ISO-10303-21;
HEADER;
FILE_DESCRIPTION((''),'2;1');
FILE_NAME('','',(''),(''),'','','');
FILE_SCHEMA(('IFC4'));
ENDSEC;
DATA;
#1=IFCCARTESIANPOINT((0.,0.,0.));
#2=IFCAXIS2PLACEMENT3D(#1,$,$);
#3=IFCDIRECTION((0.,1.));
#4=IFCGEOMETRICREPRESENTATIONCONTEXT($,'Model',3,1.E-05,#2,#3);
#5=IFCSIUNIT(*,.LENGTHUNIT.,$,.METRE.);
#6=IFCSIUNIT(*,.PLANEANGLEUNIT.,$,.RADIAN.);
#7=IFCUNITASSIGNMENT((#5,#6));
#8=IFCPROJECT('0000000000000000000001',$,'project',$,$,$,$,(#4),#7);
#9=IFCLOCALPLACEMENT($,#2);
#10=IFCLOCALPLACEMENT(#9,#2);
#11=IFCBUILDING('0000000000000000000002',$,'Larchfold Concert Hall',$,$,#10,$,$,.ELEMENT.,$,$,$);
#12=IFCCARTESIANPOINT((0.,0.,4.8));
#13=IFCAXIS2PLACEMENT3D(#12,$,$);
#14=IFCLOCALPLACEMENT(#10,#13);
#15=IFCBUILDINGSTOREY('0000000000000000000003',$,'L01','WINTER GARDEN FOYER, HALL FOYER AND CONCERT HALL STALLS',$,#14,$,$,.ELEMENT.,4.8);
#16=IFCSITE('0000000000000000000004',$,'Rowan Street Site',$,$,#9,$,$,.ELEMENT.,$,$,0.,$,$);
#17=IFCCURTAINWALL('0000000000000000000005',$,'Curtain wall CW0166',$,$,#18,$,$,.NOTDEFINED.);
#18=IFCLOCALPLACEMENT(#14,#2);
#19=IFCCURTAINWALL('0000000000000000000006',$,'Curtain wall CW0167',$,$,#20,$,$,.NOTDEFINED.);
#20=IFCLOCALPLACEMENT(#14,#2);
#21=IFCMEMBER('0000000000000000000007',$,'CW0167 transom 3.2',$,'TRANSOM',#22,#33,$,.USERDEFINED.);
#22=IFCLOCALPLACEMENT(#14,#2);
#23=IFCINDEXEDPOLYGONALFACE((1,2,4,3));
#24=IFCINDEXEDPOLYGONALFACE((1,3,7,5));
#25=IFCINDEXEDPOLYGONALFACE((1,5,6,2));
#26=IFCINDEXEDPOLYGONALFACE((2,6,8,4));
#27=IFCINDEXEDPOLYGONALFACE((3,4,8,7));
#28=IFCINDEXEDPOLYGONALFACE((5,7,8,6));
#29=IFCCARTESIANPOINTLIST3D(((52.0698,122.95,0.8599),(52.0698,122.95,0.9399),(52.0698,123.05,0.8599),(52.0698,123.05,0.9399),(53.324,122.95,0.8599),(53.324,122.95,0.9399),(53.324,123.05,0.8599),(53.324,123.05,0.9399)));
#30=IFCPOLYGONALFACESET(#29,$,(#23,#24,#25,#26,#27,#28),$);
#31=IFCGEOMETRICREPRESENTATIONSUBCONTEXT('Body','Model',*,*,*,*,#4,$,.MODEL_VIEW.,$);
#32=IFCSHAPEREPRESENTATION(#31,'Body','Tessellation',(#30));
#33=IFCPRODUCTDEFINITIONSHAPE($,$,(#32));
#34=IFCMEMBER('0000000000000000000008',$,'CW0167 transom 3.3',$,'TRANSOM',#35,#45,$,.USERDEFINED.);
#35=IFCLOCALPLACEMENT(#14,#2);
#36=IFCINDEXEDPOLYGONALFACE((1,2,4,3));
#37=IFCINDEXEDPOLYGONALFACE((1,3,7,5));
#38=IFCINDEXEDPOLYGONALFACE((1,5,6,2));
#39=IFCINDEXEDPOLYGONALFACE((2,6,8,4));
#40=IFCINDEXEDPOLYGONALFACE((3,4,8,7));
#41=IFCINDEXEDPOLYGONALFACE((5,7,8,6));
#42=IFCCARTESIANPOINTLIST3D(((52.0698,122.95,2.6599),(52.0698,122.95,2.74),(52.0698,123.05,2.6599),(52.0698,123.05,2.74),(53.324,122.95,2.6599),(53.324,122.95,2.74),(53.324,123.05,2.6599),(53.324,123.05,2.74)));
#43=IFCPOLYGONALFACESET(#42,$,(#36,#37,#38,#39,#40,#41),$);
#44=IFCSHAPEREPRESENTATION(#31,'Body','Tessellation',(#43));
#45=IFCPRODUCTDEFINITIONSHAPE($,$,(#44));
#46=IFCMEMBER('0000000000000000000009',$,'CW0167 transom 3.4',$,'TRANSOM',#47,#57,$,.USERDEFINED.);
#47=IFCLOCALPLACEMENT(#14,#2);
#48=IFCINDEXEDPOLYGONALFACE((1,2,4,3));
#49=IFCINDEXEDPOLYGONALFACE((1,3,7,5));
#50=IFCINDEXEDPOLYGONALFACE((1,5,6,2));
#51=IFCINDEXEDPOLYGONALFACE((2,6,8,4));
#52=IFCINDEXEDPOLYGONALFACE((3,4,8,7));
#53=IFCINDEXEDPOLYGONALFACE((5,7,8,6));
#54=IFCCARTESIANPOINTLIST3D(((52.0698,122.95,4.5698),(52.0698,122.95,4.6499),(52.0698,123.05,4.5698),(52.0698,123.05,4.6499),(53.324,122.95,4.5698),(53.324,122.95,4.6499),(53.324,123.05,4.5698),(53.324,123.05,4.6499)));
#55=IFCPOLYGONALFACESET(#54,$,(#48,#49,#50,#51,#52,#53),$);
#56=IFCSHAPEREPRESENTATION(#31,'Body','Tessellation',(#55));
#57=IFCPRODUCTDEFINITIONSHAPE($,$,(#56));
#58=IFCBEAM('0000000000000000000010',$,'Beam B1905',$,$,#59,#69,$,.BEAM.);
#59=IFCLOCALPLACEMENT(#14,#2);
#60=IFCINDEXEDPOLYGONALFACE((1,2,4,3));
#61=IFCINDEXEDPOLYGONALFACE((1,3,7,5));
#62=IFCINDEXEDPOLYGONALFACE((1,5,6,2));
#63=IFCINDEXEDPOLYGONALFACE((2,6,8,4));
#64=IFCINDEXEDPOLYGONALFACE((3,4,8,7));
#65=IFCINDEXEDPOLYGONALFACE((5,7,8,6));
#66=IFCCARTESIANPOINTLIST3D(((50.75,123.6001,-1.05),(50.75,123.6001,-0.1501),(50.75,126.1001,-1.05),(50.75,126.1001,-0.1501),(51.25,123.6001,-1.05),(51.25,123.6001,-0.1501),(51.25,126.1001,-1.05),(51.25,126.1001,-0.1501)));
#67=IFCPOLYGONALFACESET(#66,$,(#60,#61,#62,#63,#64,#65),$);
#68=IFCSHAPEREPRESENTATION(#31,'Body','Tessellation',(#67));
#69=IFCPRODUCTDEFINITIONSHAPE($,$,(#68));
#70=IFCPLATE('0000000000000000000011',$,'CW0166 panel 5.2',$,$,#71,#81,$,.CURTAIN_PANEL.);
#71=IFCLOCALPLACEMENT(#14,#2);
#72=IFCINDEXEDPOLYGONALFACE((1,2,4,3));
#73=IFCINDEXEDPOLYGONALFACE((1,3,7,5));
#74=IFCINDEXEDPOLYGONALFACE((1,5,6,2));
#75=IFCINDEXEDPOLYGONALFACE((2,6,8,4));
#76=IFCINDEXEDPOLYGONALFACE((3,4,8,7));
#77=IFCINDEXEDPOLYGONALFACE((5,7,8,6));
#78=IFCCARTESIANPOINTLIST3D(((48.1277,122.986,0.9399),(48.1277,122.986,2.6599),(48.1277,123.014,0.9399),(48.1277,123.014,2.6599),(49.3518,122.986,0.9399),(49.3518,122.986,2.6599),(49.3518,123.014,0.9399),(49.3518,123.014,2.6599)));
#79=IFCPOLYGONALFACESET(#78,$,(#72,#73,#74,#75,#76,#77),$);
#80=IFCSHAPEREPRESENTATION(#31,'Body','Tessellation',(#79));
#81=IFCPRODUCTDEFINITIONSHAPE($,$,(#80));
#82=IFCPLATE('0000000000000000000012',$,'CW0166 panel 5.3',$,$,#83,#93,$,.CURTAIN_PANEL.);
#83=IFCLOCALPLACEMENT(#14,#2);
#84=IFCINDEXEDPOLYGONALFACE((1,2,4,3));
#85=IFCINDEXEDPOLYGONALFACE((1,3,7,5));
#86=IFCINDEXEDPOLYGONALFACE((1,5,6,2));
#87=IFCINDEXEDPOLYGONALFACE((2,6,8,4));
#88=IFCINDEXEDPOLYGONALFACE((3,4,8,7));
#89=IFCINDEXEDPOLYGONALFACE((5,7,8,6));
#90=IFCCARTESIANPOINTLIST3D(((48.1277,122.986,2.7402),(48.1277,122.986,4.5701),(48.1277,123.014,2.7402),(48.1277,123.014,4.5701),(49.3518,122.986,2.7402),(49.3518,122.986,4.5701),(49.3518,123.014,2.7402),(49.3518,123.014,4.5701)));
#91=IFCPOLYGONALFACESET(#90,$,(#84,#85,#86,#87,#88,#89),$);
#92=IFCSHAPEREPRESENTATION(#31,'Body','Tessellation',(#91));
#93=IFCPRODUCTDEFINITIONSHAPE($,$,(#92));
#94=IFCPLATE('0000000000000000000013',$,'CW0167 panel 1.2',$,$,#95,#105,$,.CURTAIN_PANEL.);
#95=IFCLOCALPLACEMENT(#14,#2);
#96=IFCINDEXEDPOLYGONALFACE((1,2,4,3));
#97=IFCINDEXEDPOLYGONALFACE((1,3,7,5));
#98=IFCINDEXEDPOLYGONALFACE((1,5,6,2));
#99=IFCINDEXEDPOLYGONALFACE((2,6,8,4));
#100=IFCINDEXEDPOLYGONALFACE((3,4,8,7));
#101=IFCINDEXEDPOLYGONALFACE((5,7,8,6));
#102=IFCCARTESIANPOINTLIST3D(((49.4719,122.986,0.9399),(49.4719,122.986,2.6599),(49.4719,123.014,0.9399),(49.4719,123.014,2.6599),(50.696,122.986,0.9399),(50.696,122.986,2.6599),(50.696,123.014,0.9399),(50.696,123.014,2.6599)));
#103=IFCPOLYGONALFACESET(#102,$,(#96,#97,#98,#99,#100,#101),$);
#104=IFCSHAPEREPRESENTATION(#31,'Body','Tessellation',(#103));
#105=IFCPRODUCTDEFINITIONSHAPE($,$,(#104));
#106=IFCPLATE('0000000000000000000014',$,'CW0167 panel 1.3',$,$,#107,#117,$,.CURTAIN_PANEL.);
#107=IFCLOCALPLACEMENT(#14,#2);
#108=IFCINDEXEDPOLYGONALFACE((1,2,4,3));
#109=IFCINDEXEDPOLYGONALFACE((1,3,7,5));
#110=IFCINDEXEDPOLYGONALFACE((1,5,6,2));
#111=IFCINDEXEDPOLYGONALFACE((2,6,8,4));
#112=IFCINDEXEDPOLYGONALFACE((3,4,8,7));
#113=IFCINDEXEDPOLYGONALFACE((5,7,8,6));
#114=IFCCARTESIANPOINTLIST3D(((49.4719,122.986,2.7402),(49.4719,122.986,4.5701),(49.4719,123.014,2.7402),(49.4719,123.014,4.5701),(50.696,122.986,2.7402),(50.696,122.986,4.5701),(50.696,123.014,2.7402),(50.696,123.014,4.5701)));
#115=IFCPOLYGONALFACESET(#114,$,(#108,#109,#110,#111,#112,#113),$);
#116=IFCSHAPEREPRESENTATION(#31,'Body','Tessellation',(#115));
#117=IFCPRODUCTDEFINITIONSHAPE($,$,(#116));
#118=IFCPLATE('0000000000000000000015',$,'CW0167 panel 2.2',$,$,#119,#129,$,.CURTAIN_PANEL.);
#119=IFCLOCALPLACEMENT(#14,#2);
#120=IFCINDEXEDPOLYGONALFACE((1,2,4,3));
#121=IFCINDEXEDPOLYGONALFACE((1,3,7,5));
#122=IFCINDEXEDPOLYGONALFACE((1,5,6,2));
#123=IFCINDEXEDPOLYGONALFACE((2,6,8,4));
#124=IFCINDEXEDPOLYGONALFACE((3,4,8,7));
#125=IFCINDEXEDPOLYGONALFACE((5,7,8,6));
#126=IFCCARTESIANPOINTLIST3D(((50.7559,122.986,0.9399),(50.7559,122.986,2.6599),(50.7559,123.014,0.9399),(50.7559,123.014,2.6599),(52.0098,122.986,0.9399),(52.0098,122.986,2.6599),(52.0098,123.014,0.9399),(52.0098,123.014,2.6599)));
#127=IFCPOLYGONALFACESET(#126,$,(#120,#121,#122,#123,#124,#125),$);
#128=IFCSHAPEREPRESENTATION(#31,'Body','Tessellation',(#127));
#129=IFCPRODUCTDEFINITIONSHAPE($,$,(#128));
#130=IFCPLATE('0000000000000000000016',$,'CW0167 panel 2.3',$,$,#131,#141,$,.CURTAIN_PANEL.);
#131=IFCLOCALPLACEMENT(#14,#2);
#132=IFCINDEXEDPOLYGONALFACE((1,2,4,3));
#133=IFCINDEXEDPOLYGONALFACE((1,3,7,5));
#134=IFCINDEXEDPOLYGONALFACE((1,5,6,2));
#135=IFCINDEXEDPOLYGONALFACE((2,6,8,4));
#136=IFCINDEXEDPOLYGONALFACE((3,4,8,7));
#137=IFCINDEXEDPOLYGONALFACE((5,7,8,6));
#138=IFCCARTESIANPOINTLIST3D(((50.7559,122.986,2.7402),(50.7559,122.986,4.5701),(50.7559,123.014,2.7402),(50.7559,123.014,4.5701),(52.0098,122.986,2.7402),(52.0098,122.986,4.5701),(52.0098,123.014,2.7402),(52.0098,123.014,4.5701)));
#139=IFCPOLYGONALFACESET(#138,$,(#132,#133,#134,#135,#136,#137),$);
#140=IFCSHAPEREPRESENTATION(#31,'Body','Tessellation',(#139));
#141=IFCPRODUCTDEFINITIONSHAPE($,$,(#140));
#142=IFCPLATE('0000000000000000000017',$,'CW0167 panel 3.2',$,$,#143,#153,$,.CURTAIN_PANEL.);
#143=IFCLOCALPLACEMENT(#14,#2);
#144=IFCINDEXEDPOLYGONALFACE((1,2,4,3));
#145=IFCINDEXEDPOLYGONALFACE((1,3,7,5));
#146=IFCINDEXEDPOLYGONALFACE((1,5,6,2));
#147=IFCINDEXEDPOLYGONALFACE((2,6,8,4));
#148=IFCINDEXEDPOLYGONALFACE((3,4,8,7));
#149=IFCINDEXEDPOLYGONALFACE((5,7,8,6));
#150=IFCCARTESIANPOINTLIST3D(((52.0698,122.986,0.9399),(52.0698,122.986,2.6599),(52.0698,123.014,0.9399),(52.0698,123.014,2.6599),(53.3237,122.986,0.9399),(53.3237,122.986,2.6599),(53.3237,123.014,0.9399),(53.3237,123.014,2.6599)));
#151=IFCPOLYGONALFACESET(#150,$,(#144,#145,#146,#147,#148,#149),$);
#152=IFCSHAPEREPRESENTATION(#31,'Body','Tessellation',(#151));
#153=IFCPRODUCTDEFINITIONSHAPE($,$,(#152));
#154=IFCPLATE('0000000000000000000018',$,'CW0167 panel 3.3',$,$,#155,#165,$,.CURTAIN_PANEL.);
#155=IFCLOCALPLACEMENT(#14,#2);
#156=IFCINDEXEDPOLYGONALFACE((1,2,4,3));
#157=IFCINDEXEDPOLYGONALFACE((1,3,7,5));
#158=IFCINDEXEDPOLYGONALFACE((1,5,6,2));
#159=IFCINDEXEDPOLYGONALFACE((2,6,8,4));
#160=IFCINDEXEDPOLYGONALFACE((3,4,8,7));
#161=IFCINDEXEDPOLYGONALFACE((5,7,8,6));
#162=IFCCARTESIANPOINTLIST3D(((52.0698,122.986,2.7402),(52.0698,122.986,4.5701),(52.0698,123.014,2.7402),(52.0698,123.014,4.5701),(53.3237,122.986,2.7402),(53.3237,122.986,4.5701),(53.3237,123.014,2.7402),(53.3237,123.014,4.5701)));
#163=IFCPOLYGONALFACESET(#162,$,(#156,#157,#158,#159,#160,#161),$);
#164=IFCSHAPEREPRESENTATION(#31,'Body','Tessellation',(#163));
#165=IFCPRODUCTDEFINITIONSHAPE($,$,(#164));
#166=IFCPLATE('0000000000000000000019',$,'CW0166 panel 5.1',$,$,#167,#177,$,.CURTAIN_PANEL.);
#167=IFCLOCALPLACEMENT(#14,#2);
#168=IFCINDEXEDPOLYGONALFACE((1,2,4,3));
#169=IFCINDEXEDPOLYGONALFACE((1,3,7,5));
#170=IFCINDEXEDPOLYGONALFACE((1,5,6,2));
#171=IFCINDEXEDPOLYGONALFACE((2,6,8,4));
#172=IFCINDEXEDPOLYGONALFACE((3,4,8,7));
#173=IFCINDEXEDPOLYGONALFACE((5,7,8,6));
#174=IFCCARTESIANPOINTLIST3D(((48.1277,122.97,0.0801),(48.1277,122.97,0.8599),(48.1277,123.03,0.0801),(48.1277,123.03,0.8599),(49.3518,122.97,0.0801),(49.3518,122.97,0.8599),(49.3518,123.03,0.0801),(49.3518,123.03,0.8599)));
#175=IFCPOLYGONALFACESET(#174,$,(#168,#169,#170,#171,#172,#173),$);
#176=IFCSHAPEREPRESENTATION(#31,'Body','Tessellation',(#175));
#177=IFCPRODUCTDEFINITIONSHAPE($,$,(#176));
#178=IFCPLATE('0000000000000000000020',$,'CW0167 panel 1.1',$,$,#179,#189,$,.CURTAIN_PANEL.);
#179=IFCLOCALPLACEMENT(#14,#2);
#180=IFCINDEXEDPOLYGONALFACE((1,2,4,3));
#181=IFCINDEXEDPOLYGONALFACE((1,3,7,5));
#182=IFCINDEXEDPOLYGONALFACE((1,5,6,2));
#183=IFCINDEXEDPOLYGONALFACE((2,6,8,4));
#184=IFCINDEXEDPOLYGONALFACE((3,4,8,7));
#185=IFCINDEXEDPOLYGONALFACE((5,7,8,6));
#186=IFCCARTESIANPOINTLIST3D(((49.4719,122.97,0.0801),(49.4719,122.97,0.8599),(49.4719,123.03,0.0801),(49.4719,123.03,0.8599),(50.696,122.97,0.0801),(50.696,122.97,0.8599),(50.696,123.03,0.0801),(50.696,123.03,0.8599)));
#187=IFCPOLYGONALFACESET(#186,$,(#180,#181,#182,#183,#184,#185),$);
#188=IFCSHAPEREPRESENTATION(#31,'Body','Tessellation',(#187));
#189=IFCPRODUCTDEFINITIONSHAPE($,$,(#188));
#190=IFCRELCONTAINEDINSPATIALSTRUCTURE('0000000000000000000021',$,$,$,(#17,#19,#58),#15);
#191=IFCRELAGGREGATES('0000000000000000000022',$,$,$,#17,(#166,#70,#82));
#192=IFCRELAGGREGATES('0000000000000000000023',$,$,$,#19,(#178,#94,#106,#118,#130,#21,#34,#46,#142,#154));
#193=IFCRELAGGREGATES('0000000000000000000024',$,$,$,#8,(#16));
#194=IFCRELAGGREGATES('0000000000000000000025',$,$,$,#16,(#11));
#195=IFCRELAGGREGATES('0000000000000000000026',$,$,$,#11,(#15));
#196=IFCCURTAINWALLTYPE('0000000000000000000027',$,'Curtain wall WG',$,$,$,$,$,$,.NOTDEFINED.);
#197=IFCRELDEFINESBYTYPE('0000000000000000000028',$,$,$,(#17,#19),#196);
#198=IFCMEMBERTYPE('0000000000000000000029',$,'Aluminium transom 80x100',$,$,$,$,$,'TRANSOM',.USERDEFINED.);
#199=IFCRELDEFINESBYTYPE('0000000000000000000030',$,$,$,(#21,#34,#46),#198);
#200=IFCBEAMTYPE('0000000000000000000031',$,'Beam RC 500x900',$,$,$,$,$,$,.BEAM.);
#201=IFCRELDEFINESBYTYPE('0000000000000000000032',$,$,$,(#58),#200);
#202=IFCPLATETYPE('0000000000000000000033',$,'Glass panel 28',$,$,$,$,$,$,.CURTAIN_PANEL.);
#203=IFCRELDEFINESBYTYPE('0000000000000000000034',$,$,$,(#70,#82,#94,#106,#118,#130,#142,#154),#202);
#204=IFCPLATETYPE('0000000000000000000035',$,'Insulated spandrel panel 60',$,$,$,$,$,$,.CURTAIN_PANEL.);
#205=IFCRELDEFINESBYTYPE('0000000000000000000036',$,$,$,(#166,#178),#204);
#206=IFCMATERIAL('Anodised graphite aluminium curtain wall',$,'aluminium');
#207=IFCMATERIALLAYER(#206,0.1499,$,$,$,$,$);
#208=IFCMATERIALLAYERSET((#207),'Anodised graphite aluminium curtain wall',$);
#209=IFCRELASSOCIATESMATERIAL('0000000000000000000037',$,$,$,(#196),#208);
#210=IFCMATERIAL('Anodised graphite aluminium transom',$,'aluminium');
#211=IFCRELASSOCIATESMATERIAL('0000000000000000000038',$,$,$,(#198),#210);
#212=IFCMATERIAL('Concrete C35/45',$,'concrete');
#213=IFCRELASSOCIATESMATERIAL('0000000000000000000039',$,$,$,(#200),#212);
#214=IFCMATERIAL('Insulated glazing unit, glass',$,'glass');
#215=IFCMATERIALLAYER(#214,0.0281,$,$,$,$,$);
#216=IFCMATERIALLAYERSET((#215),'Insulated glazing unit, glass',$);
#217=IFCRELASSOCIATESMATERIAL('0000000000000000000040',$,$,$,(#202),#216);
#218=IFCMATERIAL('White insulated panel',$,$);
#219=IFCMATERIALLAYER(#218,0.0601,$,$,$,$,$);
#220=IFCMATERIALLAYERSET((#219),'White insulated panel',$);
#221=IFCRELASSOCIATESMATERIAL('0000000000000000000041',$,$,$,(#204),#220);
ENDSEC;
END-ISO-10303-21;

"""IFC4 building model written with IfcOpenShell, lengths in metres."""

from ifc_helpers import new_model, si_unit, direction, frame, origin, origin_2d, place, context, subcontext, project, spatial, rectangle, extrude, material, layer, layer_set, material_profile, profile_set, type_object, element, aggregate, save


model = new_model("IFC4")

# Units and contexts
model_context = context("Model", 3, precision=1e-05, world=origin(), true_north=direction((0.0, 1.0)))
body_context = subcontext(model_context, "Body", "Model", "MODEL_VIEW")
ifc_project = project(units=[si_unit("LENGTHUNIT", "METRE"), si_unit("PLANEANGLEUNIT", "RADIAN")], contexts=[model_context])

# Site, building, storey
site_placement = place(None, origin())
site = spatial("IfcSite", under=ifc_project, at=site_placement, Name="Rowan Street Site", CompositionType="ELEMENT", RefElevation=0.0)
building_placement = place(site_placement, origin())
building = spatial("IfcBuilding", under=site, at=building_placement, Name="Larchfold Concert Hall", CompositionType="ELEMENT")
storey_placement = place(building_placement, frame((0.0, 0.0, 4.8)))
storey = spatial("IfcBuildingStorey", under=building, at=storey_placement, Name="L01", Description="WINTER GARDEN FOYER, HALL FOYER AND CONCERT HALL STALLS", CompositionType="ELEMENT", Elevation=4.8)

# Curtain wall
ifc_material_1 = material(Name="Anodised graphite aluminium curtain wall", Category="aluminium")
ifc_layer_1 = layer(ifc_material_1, 0.1499)
ifc_layer_set_1 = layer_set([ifc_layer_1], Name="Anodised graphite aluminium curtain wall")
curtain_wall_type = type_object("IfcCurtainWallType", Name="Curtain wall WG", PredefinedType="NOTDEFINED", material=ifc_layer_set_1)
curtain_wall_1_placement = place(storey_placement, origin())
curtain_wall_1 = element("IfcCurtainWall", 1, at=curtain_wall_1_placement, inside=storey, type_object=curtain_wall_type, Name="Curtain wall CW0166", PredefinedType="NOTDEFINED")

# Curtain wall
curtain_wall_2_placement = place(storey_placement, origin())
curtain_wall_2 = element("IfcCurtainWall", 2, at=curtain_wall_2_placement, inside=storey, type_object=curtain_wall_type, Name="Curtain wall CW0167", PredefinedType="NOTDEFINED")

# Members
ifc_material_2 = material(Name="Anodised graphite aluminium transom", Category="aluminium")
ifc_material_profile_1 = material_profile(ifc_material_2, rectangle(XDim=0.1001, YDim=0.0801, at=origin_2d()))
ifc_profile_set_1 = profile_set([ifc_material_profile_1], Name="Anodised graphite aluminium transom")
member_type_1 = type_object("IfcMemberType", Name="Aluminium transom 80x100", ElementType="TRANSOM", PredefinedType="USERDEFINED", material=ifc_profile_set_1)
member_1_placement = place(storey_placement, frame((52.0698, 123.0, 0.8999), z_axis=(1.0, 0.0, 0.0), x_axis=(0.0, 1.0, 0.0)))
member_1 = element("IfcMember", 3, at=member_1_placement, type_object=member_type_1, Name="CW0167 transom 3.2", ObjectType="TRANSOM", PredefinedType="USERDEFINED", context=body_context, shape_type="SweptSolid", body=[
    extrude(rectangle(XDim=0.1001, YDim=0.0801, at=origin_2d()), origin(), (0.0, 0.0, 1.0), 1.2542),
])
member_2_placement = place(storey_placement, frame((52.0698, 123.0, 2.7), z_axis=(1.0, 0.0, 0.0), x_axis=(0.0, 1.0, 0.0)))
member_2 = element("IfcMember", 4, at=member_2_placement, type_object=member_type_1, Name="CW0167 transom 3.3", ObjectType="TRANSOM", PredefinedType="USERDEFINED", context=body_context, shape_type="SweptSolid", body=[
    extrude(rectangle(XDim=0.1001, YDim=0.0801, at=origin_2d()), origin(), (0.0, 0.0, 1.0), 1.2542),
])
member_3_placement = place(storey_placement, frame((52.0698, 123.0, 4.6099), z_axis=(1.0, 0.0, 0.0), x_axis=(0.0, 1.0, 0.0)))
member_3 = element("IfcMember", 5, at=member_3_placement, type_object=member_type_1, Name="CW0167 transom 3.4", ObjectType="TRANSOM", PredefinedType="USERDEFINED", context=body_context, shape_type="SweptSolid", body=[
    extrude(rectangle(XDim=0.1001, YDim=0.0801, at=origin_2d()), origin(), (0.0, 0.0, 1.0), 1.2542),
])

# Beam
ifc_material_3 = material(Name="Concrete C35/45", Category="concrete")
ifc_material_profile_2 = material_profile(ifc_material_3, rectangle(XDim=0.5, YDim=0.8999, at=origin_2d()))
ifc_profile_set_2 = profile_set([ifc_material_profile_2], Name="Concrete C35/45")
beam_type = type_object("IfcBeamType", Name="Beam RC 500x900", PredefinedType="BEAM", material=ifc_profile_set_2)
beam_placement = place(storey_placement, frame((51.0, 123.6001, -0.6001), z_axis=(0.0, 1.0, 0.0), x_axis=(-1.0, 0.0, 0.0)))
element("IfcBeam", 6, at=beam_placement, inside=storey, type_object=beam_type, Name="Beam B1905", PredefinedType="BEAM", context=body_context, shape_type="SweptSolid", body=[
    extrude(rectangle(XDim=0.5, YDim=0.8999, at=origin_2d()), origin(), (0.0, 0.0, 1.0), 2.5),
])

# Plates
ifc_material_4 = material(Name="Insulated glazing unit, glass", Category="glass")
ifc_layer_2 = layer(ifc_material_4, 0.0281)
ifc_layer_set_2 = layer_set([ifc_layer_2], Name="Insulated glazing unit, glass")
plate_type_1 = type_object("IfcPlateType", Name="Glass panel 28", PredefinedType="CURTAIN_PANEL", material=ifc_layer_set_2)
plate_1_placement = place(storey_placement, frame((48.7397, 123.0, 0.9399), z_axis=(0.0, 0.0, 1.0), x_axis=(1.0, 0.0, 0.0)))
plate_1 = element("IfcPlate", 7, at=plate_1_placement, type_object=plate_type_1, Name="CW0166 panel 5.2", PredefinedType="CURTAIN_PANEL", context=body_context, shape_type="SweptSolid", body=[
    extrude(rectangle(XDim=1.2241, YDim=0.0281, at=origin_2d()), origin(), (0.0, 0.0, 1.0), 1.72),
])
plate_2_placement = place(storey_placement, frame((48.7397, 123.0, 2.7402), z_axis=(0.0, 0.0, 1.0), x_axis=(1.0, 0.0, 0.0)))
plate_2 = element("IfcPlate", 8, at=plate_2_placement, type_object=plate_type_1, Name="CW0166 panel 5.3", PredefinedType="CURTAIN_PANEL", context=body_context, shape_type="SweptSolid", body=[
    extrude(rectangle(XDim=1.2241, YDim=0.0281, at=origin_2d()), origin(), (0.0, 0.0, 1.0), 1.8298),
])
plate_3_placement = place(storey_placement, frame((50.084, 123.0, 0.9399), z_axis=(0.0, 0.0, 1.0), x_axis=(1.0, 0.0, 0.0)))
plate_3 = element("IfcPlate", 9, at=plate_3_placement, type_object=plate_type_1, Name="CW0167 panel 1.2", PredefinedType="CURTAIN_PANEL", context=body_context, shape_type="SweptSolid", body=[
    extrude(rectangle(XDim=1.2241, YDim=0.0281, at=origin_2d()), origin(), (0.0, 0.0, 1.0), 1.72),
])
plate_4_placement = place(storey_placement, frame((50.084, 123.0, 2.7402), z_axis=(0.0, 0.0, 1.0), x_axis=(1.0, 0.0, 0.0)))
plate_4 = element("IfcPlate", 10, at=plate_4_placement, type_object=plate_type_1, Name="CW0167 panel 1.3", PredefinedType="CURTAIN_PANEL", context=body_context, shape_type="SweptSolid", body=[
    extrude(rectangle(XDim=1.2241, YDim=0.0281, at=origin_2d()), origin(), (0.0, 0.0, 1.0), 1.8298),
])
plate_5_placement = place(storey_placement, frame((51.3828, 123.0, 0.9399), z_axis=(0.0, 0.0, 1.0), x_axis=(1.0, 0.0, 0.0)))
plate_5 = element("IfcPlate", 11, at=plate_5_placement, type_object=plate_type_1, Name="CW0167 panel 2.2", PredefinedType="CURTAIN_PANEL", context=body_context, shape_type="SweptSolid", body=[
    extrude(rectangle(XDim=1.2539, YDim=0.0281, at=origin_2d()), origin(), (0.0, 0.0, 1.0), 1.72),
])
plate_6_placement = place(storey_placement, frame((51.3828, 123.0, 2.7402), z_axis=(0.0, 0.0, 1.0), x_axis=(1.0, 0.0, 0.0)))
plate_6 = element("IfcPlate", 12, at=plate_6_placement, type_object=plate_type_1, Name="CW0167 panel 2.3", PredefinedType="CURTAIN_PANEL", context=body_context, shape_type="SweptSolid", body=[
    extrude(rectangle(XDim=1.2539, YDim=0.0281, at=origin_2d()), origin(), (0.0, 0.0, 1.0), 1.8298),
])
plate_7_placement = place(storey_placement, frame((52.6968, 123.0, 0.9399), z_axis=(0.0, 0.0, 1.0), x_axis=(1.0, 0.0, 0.0)))
plate_7 = element("IfcPlate", 13, at=plate_7_placement, type_object=plate_type_1, Name="CW0167 panel 3.2", PredefinedType="CURTAIN_PANEL", context=body_context, shape_type="SweptSolid", body=[
    extrude(rectangle(XDim=1.2539, YDim=0.0281, at=origin_2d()), origin(), (0.0, 0.0, 1.0), 1.72),
])
plate_8_placement = place(storey_placement, frame((52.6968, 123.0, 2.7402), z_axis=(0.0, 0.0, 1.0), x_axis=(1.0, 0.0, 0.0)))
plate_8 = element("IfcPlate", 14, at=plate_8_placement, type_object=plate_type_1, Name="CW0167 panel 3.3", PredefinedType="CURTAIN_PANEL", context=body_context, shape_type="SweptSolid", body=[
    extrude(rectangle(XDim=1.2539, YDim=0.0281, at=origin_2d()), origin(), (0.0, 0.0, 1.0), 1.8298),
])
ifc_material_5 = material(Name="White insulated panel")
ifc_layer_3 = layer(ifc_material_5, 0.0601)
ifc_layer_set_3 = layer_set([ifc_layer_3], Name="White insulated panel")
plate_type_2 = type_object("IfcPlateType", Name="Insulated spandrel panel 60", PredefinedType="CURTAIN_PANEL", material=ifc_layer_set_3)
plate_9_placement = place(storey_placement, frame((48.7397, 123.0, 0.0801), z_axis=(0.0, 0.0, 1.0), x_axis=(1.0, 0.0, 0.0)))
plate_9 = element("IfcPlate", 15, at=plate_9_placement, type_object=plate_type_2, Name="CW0166 panel 5.1", PredefinedType="CURTAIN_PANEL", context=body_context, shape_type="SweptSolid", body=[
    extrude(rectangle(XDim=1.2241, YDim=0.0601, at=origin_2d()), origin(), (0.0, 0.0, 1.0), 0.7798),
])
aggregate(curtain_wall_1, [plate_9, plate_1, plate_2])
plate_10_placement = place(storey_placement, frame((50.084, 123.0, 0.0801), z_axis=(0.0, 0.0, 1.0), x_axis=(1.0, 0.0, 0.0)))
plate_10 = element("IfcPlate", 16, at=plate_10_placement, type_object=plate_type_2, Name="CW0167 panel 1.1", PredefinedType="CURTAIN_PANEL", context=body_context, shape_type="SweptSolid", body=[
    extrude(rectangle(XDim=1.2241, YDim=0.0601, at=origin_2d()), origin(), (0.0, 0.0, 1.0), 0.7798),
])
aggregate(curtain_wall_2, [plate_10, plate_3, plate_4, plate_5, plate_6, member_1, member_2, member_3, plate_7, plate_8])

save(model, "model.ifc")
